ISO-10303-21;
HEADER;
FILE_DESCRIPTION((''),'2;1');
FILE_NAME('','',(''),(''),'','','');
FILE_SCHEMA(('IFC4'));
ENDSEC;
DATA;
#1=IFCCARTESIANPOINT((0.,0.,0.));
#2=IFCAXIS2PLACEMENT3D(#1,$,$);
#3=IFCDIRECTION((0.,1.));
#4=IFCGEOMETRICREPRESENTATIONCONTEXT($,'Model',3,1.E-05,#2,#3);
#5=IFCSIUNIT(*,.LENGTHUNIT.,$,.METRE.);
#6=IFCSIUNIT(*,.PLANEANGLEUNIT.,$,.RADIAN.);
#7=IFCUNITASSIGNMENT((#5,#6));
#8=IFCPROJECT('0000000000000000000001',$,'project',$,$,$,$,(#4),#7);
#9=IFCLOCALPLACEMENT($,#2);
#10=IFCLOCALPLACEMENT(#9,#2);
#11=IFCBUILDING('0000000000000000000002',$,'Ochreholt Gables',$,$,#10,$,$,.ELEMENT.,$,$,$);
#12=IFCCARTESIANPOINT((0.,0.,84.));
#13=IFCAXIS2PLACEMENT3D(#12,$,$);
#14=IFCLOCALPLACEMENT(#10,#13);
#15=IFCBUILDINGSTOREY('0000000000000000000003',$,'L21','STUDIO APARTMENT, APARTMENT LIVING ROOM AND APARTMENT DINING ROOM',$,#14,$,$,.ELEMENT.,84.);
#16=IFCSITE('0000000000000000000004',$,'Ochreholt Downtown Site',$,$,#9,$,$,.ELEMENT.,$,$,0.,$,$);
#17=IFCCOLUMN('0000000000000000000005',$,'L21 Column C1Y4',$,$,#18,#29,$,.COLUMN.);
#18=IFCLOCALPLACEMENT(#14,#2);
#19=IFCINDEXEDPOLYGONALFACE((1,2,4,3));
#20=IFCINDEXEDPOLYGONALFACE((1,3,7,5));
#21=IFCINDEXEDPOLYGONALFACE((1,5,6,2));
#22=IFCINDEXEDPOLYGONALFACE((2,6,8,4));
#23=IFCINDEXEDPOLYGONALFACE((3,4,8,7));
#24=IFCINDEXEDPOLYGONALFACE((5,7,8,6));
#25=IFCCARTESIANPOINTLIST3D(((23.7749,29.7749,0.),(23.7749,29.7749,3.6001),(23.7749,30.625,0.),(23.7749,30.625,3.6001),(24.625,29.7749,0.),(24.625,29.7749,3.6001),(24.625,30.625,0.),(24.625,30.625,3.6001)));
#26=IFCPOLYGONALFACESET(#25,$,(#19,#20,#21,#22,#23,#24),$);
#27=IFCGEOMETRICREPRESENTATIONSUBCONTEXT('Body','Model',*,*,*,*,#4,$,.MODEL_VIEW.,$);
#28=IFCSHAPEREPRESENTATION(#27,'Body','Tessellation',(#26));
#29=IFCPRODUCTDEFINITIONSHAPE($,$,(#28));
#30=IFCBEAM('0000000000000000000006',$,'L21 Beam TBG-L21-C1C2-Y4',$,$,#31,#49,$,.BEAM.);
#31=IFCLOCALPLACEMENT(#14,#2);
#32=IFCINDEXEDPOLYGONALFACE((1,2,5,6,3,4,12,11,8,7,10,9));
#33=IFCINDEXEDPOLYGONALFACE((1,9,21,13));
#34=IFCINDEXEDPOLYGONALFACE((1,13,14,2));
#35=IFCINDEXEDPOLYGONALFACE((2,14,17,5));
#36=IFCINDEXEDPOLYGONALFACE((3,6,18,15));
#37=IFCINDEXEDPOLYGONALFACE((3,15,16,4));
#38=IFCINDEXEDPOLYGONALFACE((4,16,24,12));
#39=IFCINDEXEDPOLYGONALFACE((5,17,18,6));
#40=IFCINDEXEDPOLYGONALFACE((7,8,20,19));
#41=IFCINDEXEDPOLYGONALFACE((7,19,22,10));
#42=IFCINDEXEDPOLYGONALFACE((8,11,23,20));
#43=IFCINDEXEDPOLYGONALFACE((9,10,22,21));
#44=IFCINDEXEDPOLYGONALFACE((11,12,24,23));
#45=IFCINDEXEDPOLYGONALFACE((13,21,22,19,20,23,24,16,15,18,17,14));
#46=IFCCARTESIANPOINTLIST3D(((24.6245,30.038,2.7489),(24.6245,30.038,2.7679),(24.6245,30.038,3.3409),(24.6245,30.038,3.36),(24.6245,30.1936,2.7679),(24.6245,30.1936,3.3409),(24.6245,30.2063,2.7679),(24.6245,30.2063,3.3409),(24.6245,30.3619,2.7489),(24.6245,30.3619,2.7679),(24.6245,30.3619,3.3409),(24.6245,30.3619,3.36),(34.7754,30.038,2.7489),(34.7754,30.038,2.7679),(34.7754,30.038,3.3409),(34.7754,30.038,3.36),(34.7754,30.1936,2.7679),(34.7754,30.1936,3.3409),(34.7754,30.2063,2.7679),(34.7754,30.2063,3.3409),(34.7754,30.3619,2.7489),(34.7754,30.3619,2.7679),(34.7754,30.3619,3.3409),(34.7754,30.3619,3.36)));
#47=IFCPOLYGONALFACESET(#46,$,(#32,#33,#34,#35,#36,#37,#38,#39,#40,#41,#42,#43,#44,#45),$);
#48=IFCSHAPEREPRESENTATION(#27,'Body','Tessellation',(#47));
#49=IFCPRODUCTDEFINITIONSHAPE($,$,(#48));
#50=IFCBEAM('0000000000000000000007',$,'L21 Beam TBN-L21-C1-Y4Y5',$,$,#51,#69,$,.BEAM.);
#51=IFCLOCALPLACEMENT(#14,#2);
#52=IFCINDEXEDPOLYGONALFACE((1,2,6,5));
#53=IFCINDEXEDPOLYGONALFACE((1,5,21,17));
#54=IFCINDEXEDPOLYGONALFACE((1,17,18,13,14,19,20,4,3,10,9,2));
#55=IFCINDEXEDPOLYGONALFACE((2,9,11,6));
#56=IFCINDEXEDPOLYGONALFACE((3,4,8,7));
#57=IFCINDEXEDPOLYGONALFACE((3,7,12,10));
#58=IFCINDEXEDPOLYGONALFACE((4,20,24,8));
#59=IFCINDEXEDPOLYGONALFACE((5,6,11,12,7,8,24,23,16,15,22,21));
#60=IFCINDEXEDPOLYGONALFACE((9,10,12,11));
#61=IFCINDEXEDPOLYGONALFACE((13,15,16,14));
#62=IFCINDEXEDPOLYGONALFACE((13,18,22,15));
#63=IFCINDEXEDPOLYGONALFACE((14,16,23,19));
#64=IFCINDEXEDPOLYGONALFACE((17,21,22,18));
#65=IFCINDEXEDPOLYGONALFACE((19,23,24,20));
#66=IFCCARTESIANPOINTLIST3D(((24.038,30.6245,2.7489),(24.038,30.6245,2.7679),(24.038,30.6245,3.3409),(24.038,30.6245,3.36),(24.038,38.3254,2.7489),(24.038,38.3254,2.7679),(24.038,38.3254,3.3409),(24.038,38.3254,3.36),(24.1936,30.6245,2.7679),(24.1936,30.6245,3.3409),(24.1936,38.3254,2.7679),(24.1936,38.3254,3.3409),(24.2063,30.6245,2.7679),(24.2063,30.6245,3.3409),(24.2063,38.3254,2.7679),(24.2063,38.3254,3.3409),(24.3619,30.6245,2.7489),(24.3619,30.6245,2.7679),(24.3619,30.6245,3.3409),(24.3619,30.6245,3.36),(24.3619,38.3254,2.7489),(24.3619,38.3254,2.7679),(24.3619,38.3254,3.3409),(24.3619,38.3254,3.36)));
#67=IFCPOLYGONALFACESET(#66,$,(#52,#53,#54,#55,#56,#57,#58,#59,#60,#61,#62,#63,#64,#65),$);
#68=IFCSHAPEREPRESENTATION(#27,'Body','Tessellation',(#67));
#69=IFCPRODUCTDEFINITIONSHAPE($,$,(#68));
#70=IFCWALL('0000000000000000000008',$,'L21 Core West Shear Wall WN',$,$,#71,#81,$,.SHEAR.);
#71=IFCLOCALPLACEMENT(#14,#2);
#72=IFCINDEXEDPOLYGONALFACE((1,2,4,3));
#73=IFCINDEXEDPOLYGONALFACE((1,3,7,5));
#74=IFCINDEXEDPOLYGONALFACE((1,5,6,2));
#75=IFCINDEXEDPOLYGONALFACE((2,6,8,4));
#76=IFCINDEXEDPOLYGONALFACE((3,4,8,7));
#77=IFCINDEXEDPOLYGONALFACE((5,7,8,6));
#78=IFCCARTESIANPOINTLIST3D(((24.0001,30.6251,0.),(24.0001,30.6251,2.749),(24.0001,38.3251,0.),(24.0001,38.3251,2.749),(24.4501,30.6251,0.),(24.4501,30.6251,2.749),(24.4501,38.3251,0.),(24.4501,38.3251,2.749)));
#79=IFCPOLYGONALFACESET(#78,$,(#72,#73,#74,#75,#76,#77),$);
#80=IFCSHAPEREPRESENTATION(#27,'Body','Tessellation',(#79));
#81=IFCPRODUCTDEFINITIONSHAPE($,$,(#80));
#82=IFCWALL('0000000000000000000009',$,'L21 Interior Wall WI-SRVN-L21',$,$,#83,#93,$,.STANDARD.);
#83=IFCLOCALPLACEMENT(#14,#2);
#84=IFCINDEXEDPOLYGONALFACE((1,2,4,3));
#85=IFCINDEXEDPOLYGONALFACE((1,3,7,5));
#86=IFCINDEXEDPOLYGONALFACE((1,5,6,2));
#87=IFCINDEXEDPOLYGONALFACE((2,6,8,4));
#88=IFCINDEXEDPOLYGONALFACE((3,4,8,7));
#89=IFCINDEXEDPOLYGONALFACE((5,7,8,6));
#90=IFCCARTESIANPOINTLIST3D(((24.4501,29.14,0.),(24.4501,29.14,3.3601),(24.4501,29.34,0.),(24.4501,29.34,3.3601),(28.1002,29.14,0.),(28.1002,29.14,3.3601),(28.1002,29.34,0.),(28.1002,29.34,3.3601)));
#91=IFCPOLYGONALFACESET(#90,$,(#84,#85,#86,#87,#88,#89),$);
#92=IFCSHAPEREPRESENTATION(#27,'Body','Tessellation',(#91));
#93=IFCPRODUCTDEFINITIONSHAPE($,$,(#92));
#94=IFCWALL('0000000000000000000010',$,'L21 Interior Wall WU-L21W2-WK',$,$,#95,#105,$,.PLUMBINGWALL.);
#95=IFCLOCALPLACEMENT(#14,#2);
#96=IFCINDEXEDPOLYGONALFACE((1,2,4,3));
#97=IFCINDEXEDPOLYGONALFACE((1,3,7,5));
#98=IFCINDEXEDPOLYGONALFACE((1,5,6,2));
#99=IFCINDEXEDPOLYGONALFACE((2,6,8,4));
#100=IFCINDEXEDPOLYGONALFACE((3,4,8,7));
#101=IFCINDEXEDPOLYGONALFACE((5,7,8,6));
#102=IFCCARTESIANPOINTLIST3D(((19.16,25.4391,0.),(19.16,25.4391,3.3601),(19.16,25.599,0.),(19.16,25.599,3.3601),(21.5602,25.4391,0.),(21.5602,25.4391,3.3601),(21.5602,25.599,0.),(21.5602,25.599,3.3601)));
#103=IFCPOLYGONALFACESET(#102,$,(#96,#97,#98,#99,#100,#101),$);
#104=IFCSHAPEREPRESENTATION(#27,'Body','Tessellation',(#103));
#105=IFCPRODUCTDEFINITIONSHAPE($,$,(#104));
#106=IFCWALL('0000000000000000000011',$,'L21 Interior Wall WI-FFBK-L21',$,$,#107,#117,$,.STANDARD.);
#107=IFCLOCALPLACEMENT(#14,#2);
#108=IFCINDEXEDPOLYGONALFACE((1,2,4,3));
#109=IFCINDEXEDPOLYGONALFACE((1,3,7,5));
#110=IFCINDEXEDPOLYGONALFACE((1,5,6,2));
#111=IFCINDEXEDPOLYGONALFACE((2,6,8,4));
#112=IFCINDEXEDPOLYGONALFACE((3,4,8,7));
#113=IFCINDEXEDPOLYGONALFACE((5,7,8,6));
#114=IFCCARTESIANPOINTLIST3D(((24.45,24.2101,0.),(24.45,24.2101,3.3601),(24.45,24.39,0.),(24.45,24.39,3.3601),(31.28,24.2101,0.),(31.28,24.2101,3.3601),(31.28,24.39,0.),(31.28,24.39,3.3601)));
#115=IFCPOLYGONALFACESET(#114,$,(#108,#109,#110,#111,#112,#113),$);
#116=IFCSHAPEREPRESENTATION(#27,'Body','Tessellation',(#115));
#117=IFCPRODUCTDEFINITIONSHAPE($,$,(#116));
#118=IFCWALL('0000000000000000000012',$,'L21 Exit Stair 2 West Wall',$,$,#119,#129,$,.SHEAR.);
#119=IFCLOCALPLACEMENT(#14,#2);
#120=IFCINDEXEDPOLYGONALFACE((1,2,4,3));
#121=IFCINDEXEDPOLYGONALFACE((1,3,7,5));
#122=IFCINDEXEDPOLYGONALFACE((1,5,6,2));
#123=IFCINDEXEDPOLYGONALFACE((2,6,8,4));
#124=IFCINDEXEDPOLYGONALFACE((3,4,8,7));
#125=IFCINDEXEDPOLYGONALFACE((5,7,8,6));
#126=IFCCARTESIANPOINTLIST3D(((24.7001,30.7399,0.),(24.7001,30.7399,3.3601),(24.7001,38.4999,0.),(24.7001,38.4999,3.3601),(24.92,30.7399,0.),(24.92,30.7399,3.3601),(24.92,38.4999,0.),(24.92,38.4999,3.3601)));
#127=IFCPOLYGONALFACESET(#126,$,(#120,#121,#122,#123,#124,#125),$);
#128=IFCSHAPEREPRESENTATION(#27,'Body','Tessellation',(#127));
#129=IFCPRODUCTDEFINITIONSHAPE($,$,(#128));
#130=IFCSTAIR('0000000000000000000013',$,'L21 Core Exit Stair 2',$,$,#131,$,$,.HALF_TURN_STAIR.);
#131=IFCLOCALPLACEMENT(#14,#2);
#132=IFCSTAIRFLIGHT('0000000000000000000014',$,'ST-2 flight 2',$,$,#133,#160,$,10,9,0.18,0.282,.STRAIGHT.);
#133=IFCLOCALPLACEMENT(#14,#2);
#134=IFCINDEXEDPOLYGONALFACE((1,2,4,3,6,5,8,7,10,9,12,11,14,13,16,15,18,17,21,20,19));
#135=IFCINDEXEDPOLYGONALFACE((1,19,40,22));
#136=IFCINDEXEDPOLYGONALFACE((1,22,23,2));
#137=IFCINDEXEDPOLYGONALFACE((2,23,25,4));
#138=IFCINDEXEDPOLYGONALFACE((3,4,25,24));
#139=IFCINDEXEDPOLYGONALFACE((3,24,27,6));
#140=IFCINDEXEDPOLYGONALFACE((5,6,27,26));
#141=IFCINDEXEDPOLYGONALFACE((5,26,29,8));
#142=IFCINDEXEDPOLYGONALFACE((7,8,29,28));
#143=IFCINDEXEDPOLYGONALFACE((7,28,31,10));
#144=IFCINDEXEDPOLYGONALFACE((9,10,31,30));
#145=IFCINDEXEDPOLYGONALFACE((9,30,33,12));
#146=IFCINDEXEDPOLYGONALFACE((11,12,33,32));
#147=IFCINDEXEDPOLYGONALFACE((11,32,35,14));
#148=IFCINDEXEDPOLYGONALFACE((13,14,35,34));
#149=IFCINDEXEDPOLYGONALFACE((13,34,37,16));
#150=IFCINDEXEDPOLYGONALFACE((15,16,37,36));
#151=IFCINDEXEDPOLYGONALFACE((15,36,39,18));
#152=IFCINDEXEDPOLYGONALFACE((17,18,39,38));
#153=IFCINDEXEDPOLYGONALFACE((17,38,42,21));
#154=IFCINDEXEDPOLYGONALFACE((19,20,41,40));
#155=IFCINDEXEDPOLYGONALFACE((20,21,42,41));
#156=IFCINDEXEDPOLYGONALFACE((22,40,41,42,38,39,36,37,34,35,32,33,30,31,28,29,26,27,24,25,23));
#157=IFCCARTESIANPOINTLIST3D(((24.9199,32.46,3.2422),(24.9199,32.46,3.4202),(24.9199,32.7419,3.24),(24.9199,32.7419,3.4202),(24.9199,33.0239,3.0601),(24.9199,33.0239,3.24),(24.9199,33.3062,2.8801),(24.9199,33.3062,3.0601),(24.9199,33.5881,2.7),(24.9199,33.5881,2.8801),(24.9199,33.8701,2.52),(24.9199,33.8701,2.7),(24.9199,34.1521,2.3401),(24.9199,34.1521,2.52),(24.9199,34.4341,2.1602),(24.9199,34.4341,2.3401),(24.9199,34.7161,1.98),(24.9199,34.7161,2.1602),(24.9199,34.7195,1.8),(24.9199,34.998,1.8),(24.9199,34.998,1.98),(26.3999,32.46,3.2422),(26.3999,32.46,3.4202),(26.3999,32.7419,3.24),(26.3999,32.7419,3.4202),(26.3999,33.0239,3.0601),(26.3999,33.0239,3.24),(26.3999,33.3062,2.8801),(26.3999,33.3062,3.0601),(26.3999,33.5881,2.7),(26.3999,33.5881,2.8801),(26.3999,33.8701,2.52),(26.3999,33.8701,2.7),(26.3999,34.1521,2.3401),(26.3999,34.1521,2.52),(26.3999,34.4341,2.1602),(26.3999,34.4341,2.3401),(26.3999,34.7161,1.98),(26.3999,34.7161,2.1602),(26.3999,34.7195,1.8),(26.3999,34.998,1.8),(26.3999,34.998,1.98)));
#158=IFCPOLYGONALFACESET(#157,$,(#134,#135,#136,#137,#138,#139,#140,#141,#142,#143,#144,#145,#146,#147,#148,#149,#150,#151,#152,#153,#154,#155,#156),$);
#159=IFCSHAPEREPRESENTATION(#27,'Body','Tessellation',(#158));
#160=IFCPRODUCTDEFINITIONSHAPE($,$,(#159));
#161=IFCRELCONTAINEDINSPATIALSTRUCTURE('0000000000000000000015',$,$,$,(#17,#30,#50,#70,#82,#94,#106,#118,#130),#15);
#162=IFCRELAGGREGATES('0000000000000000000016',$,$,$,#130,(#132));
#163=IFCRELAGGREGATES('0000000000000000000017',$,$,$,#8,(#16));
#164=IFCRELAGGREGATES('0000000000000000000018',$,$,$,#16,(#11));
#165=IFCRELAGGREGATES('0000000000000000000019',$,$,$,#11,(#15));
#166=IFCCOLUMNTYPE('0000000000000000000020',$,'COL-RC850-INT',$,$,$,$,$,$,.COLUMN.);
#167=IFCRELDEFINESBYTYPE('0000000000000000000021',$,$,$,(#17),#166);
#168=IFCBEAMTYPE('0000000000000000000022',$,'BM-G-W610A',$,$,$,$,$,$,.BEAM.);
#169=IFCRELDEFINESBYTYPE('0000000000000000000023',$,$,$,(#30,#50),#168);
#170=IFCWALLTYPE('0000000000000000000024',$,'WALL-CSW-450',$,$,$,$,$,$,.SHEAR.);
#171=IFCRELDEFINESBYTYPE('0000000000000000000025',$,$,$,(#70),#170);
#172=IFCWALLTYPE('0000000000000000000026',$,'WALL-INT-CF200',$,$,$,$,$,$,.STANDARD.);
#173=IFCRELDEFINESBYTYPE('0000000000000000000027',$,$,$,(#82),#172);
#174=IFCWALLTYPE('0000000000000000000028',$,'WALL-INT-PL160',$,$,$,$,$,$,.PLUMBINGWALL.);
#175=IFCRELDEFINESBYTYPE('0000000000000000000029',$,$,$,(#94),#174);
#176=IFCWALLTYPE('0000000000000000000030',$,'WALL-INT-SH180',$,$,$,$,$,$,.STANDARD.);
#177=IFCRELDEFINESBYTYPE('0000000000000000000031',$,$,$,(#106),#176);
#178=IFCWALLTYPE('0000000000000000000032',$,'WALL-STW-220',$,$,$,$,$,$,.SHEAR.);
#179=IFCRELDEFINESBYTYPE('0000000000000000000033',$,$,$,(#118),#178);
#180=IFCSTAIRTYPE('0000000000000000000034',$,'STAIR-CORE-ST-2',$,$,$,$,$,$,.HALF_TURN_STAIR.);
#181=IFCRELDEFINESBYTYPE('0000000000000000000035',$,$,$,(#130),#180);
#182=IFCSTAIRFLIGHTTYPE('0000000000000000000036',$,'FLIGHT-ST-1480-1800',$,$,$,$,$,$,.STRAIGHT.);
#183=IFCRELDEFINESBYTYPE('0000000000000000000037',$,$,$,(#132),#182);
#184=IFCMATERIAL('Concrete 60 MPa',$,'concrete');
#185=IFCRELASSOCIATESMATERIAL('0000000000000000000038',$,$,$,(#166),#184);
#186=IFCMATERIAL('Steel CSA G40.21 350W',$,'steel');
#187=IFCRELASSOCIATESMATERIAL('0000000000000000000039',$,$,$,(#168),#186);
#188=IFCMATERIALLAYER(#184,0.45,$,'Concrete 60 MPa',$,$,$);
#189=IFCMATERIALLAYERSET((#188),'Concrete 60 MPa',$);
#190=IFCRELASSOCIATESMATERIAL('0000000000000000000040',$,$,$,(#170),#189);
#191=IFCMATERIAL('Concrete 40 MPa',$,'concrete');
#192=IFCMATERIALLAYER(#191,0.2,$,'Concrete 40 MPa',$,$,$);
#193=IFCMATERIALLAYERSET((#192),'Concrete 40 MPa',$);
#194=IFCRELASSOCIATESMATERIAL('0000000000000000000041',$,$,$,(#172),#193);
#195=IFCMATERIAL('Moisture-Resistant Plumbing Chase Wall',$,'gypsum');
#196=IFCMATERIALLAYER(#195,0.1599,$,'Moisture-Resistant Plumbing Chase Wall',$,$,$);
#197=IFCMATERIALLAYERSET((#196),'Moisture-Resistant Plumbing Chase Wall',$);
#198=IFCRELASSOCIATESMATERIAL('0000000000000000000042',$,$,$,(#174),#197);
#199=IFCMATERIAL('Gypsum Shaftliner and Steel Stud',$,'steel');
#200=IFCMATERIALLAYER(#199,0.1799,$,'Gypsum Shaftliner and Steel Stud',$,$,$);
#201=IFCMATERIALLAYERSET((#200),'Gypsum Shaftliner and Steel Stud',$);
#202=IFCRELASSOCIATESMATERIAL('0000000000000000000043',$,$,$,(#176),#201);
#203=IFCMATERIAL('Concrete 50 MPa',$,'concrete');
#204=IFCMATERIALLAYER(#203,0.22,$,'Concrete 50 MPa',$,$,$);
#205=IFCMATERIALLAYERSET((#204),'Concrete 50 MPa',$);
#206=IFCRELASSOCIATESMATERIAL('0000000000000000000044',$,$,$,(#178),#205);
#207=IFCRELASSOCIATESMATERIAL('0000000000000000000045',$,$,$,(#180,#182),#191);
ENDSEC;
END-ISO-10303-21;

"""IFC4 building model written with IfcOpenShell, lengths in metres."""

from ifc_helpers import new_model, si_unit, direction, frame, frame_2d, origin, origin_2d, place, context, subcontext, project, spatial, polyline, rectangle, i_section, outline, extrude, material, layer, layer_set, material_profile, profile_set, type_object, element, aggregate, save


model = new_model("IFC4")

# Units and contexts
model_context = context("Model", 3, precision=1e-05, world=origin(), true_north=direction((0.0, 1.0)))
body_context = subcontext(model_context, "Body", "Model", "MODEL_VIEW")
ifc_project = project(units=[si_unit("LENGTHUNIT", "METRE"), si_unit("PLANEANGLEUNIT", "RADIAN")], contexts=[model_context])

# Site, building, storey
site_placement = place(None, origin())
site = spatial("IfcSite", under=ifc_project, at=site_placement, Name="Ochreholt Downtown Site", CompositionType="ELEMENT", RefElevation=0.0)
building_placement = place(site_placement, origin())
building = spatial("IfcBuilding", under=site, at=building_placement, Name="Ochreholt Gables", CompositionType="ELEMENT")
storey_placement = place(building_placement, frame((0.0, 0.0, 84.0)))
storey = spatial("IfcBuildingStorey", under=building, at=storey_placement, Name="L21", Description="STUDIO APARTMENT, APARTMENT LIVING ROOM AND APARTMENT DINING ROOM", CompositionType="ELEMENT", Elevation=84.0)

# Column
ifc_material_1 = material(Name="Concrete 60 MPa", Category="concrete")
ifc_material_profile_1 = material_profile(ifc_material_1, rectangle(XDim=0.8501, YDim=0.8501, at=origin_2d()), Name="RC850X850")
ifc_profile_set_1 = profile_set([ifc_material_profile_1], Name="Concrete 60 MPa")
column_type = type_object("IfcColumnType", Name="COL-RC850-INT", PredefinedType="COLUMN", material=ifc_profile_set_1)
column_placement = place(storey_placement, frame((24.2, 30.2, 0.0), z_axis=(0.0, 0.0, 1.0), x_axis=(1.0, 0.0, 0.0)))
element("IfcColumn", 1, at=column_placement, inside=storey, type_object=column_type, Name="L21 Column C1Y4", PredefinedType="COLUMN", context=body_context, shape_type="SweptSolid", body=[
    extrude(rectangle(XDim=0.8501, YDim=0.8501, at=origin_2d()), origin(), (0.0, 0.0, 1.0), 3.6001),
])

# Beams
ifc_material_2 = material(Name="Steel CSA G40.21 350W", Category="steel")
ifc_material_profile_2 = material_profile(ifc_material_2, i_section(OverallWidth=0.324, OverallDepth=0.6111, WebThickness=0.0127, FlangeThickness=0.019, at=origin_2d()), Name="W610X155")
ifc_profile_set_2 = profile_set([ifc_material_profile_2], Name="Steel CSA G40.21 350W")
beam_type = type_object("IfcBeamType", Name="BM-G-W610A", PredefinedType="BEAM", material=ifc_profile_set_2)
beam_1_placement = place(storey_placement, frame((24.6245, 30.2, 3.0544), z_axis=(1.0, 0.0, 0.0), x_axis=(0.0, 1.0, 0.0)))
element("IfcBeam", 2, at=beam_1_placement, inside=storey, type_object=beam_type, Name="L21 Beam TBG-L21-C1C2-Y4", PredefinedType="BEAM", context=body_context, shape_type="SweptSolid", body=[
    extrude(i_section(OverallWidth=0.324, OverallDepth=0.6111, WebThickness=0.0127, FlangeThickness=0.019, at=origin_2d()), origin(), (0.0, 0.0, 1.0), 10.1509),
])
beam_2_placement = place(storey_placement, frame((24.2, 30.6245, 3.0544), z_axis=(0.0, 1.0, 0.0), x_axis=(-1.0, 0.0, 0.0)))
element("IfcBeam", 3, at=beam_2_placement, inside=storey, type_object=beam_type, Name="L21 Beam TBN-L21-C1-Y4Y5", PredefinedType="BEAM", context=body_context, shape_type="SweptSolid", body=[
    extrude(i_section(OverallWidth=0.324, OverallDepth=0.6111, WebThickness=0.0127, FlangeThickness=0.019, at=origin_2d()), origin(), (0.0, 0.0, 1.0), 7.7009),
])

# Walls
ifc_layer_1 = layer(ifc_material_1, 0.45, Name="Concrete 60 MPa")
ifc_layer_set_1 = layer_set([ifc_layer_1], Name="Concrete 60 MPa")
wall_type_1 = type_object("IfcWallType", Name="WALL-CSW-450", PredefinedType="SHEAR", material=ifc_layer_set_1)
wall_1_placement = place(storey_placement, frame((24.2251, 30.625, 0.0), z_axis=(0.0, 0.0, 1.0), x_axis=(0.0, 1.0, 0.0)))
element("IfcWall", 4, at=wall_1_placement, inside=storey, type_object=wall_type_1, Name="L21 Core West Shear Wall WN", PredefinedType="SHEAR", context=body_context, shape_type="SweptSolid", body=[
    extrude(rectangle(XDim=7.7, YDim=0.45, at=frame_2d((3.8501, 0.0))), origin(), (0.0, 0.0, 1.0), 2.749),
])
ifc_material_3 = material(Name="Concrete 40 MPa", Category="concrete")
ifc_layer_2 = layer(ifc_material_3, 0.2, Name="Concrete 40 MPa")
ifc_layer_set_2 = layer_set([ifc_layer_2], Name="Concrete 40 MPa")
wall_type_2 = type_object("IfcWallType", Name="WALL-INT-CF200", PredefinedType="STANDARD", material=ifc_layer_set_2)
wall_2_placement = place(storey_placement, frame((24.45, 29.24, 0.0), z_axis=(0.0, 0.0, 1.0), x_axis=(1.0, 0.0, 0.0)))
element("IfcWall", 5, at=wall_2_placement, inside=storey, type_object=wall_type_2, Name="L21 Interior Wall WI-SRVN-L21", PredefinedType="STANDARD", context=body_context, shape_type="SweptSolid", body=[
    extrude(rectangle(XDim=3.6501, YDim=0.2, at=frame_2d((1.8252, 0.0))), origin(), (0.0, 0.0, 1.0), 3.3601),
])

# Shared definitions
ifc_material_4 = material(Name="Moisture-Resistant Plumbing Chase Wall", Category="gypsum")
ifc_layer_3 = layer(ifc_material_4, 0.1599, Name="Moisture-Resistant Plumbing Chase Wall")
ifc_layer_set_3 = layer_set([ifc_layer_3], Name="Moisture-Resistant Plumbing Chase Wall")
wall_type_3 = type_object("IfcWallType", Name="WALL-INT-PL160", PredefinedType="PLUMBINGWALL", material=ifc_layer_set_3)

# Walls
wall_3_placement = place(storey_placement, frame((19.1599, 25.519, 0.0), z_axis=(0.0, 0.0, 1.0), x_axis=(1.0, 0.0, 0.0)))
element("IfcWall", 6, at=wall_3_placement, inside=storey, type_object=wall_type_3, Name="L21 Interior Wall WU-L21W2-WK", PredefinedType="PLUMBINGWALL", context=body_context, shape_type="SweptSolid", body=[
    extrude(rectangle(XDim=2.4001, YDim=0.1599, at=frame_2d((1.2002, 0.0))), origin(), (0.0, 0.0, 1.0), 3.3601),
])
ifc_material_5 = material(Name="Gypsum Shaftliner and Steel Stud", Category="steel")
ifc_layer_4 = layer(ifc_material_5, 0.1799, Name="Gypsum Shaftliner and Steel Stud")
ifc_layer_set_4 = layer_set([ifc_layer_4], Name="Gypsum Shaftliner and Steel Stud")
wall_type_4 = type_object("IfcWallType", Name="WALL-INT-SH180", PredefinedType="STANDARD", material=ifc_layer_set_4)
wall_4_placement = place(storey_placement, frame((24.45, 24.3, 0.0), z_axis=(0.0, 0.0, 1.0), x_axis=(1.0, 0.0, 0.0)))
element("IfcWall", 7, at=wall_4_placement, inside=storey, type_object=wall_type_4, Name="L21 Interior Wall WI-FFBK-L21", PredefinedType="STANDARD", context=body_context, shape_type="SweptSolid", body=[
    extrude(rectangle(XDim=6.8301, YDim=0.1799, at=frame_2d((3.415, 0.0))), origin(), (0.0, 0.0, 1.0), 3.3601),
])
ifc_material_6 = material(Name="Concrete 50 MPa", Category="concrete")
ifc_layer_5 = layer(ifc_material_6, 0.22, Name="Concrete 50 MPa")
ifc_layer_set_5 = layer_set([ifc_layer_5], Name="Concrete 50 MPa")
wall_type_5 = type_object("IfcWallType", Name="WALL-STW-220", PredefinedType="SHEAR", material=ifc_layer_set_5)
wall_5_placement = place(storey_placement, frame((24.8101, 30.74, 0.0), z_axis=(0.0, 0.0, 1.0), x_axis=(0.0, 1.0, 0.0)))
element("IfcWall", 8, at=wall_5_placement, inside=storey, type_object=wall_type_5, Name="L21 Exit Stair 2 West Wall", PredefinedType="SHEAR", context=body_context, shape_type="SweptSolid", body=[
    extrude(rectangle(XDim=7.76, YDim=0.22, at=frame_2d((3.8799, 0.0))), origin(), (0.0, 0.0, 1.0), 3.3601),
])

# Stair, stair flight
stair_type = type_object("IfcStairType", Name="STAIR-CORE-ST-2", PredefinedType="HALF_TURN_STAIR", material=ifc_material_3)
stair_placement = place(storey_placement, origin())
stair = element("IfcStair", 9, at=stair_placement, inside=storey, type_object=stair_type, Name="L21 Core Exit Stair 2", PredefinedType="HALF_TURN_STAIR")
stair_flight_type = type_object("IfcStairFlightType", Name="FLIGHT-ST-1480-1800", PredefinedType="STRAIGHT", material=ifc_material_3)
stair_flight_placement = place(storey_placement, frame((25.6599, 34.998, 1.8), z_axis=(0.0, 0.0, 1.0), x_axis=(0.0, -1.0, 0.0)))
stair_flight = element("IfcStairFlight", 10, at=stair_flight_placement, type_object=stair_flight_type, Name="ST-2 flight 2", NumberOfRisers=10, NumberOfTreads=9, PredefinedType="STRAIGHT", RiserHeight=0.18, TreadLength=0.282, context=body_context, shape_type="SweptSolid", body=[
    extrude(outline(polyline([(0.0, 0.0), (0.0, 0.1799), (0.282, 0.1799), (0.282, 0.3601), (0.564, 0.3601), (0.564, 0.54), (0.8459, 0.54), (0.8459, 0.72), (1.1279, 0.72), (1.1279, 0.8999), (1.4099, 0.8999), (1.4099, 1.0801), (1.6919, 1.0801), (1.6919, 1.26), (1.9741, 1.26), (1.9741, 1.4399), (2.2561, 1.4399), (2.2561, 1.6201), (2.5381, 1.6201), (2.5381, 1.8), (2.5381, 1.4421), (0.2786, 0.0), (0.0, 0.0)])), frame((0.0, 0.74, 0.0), z_axis=(0.0, -1.0, 0.0), x_axis=(1.0, 0.0, 0.0)), (0.0, 0.0, 1.0), 1.48),
])
aggregate(stair, [stair_flight])

save(model, "model.ifc")
